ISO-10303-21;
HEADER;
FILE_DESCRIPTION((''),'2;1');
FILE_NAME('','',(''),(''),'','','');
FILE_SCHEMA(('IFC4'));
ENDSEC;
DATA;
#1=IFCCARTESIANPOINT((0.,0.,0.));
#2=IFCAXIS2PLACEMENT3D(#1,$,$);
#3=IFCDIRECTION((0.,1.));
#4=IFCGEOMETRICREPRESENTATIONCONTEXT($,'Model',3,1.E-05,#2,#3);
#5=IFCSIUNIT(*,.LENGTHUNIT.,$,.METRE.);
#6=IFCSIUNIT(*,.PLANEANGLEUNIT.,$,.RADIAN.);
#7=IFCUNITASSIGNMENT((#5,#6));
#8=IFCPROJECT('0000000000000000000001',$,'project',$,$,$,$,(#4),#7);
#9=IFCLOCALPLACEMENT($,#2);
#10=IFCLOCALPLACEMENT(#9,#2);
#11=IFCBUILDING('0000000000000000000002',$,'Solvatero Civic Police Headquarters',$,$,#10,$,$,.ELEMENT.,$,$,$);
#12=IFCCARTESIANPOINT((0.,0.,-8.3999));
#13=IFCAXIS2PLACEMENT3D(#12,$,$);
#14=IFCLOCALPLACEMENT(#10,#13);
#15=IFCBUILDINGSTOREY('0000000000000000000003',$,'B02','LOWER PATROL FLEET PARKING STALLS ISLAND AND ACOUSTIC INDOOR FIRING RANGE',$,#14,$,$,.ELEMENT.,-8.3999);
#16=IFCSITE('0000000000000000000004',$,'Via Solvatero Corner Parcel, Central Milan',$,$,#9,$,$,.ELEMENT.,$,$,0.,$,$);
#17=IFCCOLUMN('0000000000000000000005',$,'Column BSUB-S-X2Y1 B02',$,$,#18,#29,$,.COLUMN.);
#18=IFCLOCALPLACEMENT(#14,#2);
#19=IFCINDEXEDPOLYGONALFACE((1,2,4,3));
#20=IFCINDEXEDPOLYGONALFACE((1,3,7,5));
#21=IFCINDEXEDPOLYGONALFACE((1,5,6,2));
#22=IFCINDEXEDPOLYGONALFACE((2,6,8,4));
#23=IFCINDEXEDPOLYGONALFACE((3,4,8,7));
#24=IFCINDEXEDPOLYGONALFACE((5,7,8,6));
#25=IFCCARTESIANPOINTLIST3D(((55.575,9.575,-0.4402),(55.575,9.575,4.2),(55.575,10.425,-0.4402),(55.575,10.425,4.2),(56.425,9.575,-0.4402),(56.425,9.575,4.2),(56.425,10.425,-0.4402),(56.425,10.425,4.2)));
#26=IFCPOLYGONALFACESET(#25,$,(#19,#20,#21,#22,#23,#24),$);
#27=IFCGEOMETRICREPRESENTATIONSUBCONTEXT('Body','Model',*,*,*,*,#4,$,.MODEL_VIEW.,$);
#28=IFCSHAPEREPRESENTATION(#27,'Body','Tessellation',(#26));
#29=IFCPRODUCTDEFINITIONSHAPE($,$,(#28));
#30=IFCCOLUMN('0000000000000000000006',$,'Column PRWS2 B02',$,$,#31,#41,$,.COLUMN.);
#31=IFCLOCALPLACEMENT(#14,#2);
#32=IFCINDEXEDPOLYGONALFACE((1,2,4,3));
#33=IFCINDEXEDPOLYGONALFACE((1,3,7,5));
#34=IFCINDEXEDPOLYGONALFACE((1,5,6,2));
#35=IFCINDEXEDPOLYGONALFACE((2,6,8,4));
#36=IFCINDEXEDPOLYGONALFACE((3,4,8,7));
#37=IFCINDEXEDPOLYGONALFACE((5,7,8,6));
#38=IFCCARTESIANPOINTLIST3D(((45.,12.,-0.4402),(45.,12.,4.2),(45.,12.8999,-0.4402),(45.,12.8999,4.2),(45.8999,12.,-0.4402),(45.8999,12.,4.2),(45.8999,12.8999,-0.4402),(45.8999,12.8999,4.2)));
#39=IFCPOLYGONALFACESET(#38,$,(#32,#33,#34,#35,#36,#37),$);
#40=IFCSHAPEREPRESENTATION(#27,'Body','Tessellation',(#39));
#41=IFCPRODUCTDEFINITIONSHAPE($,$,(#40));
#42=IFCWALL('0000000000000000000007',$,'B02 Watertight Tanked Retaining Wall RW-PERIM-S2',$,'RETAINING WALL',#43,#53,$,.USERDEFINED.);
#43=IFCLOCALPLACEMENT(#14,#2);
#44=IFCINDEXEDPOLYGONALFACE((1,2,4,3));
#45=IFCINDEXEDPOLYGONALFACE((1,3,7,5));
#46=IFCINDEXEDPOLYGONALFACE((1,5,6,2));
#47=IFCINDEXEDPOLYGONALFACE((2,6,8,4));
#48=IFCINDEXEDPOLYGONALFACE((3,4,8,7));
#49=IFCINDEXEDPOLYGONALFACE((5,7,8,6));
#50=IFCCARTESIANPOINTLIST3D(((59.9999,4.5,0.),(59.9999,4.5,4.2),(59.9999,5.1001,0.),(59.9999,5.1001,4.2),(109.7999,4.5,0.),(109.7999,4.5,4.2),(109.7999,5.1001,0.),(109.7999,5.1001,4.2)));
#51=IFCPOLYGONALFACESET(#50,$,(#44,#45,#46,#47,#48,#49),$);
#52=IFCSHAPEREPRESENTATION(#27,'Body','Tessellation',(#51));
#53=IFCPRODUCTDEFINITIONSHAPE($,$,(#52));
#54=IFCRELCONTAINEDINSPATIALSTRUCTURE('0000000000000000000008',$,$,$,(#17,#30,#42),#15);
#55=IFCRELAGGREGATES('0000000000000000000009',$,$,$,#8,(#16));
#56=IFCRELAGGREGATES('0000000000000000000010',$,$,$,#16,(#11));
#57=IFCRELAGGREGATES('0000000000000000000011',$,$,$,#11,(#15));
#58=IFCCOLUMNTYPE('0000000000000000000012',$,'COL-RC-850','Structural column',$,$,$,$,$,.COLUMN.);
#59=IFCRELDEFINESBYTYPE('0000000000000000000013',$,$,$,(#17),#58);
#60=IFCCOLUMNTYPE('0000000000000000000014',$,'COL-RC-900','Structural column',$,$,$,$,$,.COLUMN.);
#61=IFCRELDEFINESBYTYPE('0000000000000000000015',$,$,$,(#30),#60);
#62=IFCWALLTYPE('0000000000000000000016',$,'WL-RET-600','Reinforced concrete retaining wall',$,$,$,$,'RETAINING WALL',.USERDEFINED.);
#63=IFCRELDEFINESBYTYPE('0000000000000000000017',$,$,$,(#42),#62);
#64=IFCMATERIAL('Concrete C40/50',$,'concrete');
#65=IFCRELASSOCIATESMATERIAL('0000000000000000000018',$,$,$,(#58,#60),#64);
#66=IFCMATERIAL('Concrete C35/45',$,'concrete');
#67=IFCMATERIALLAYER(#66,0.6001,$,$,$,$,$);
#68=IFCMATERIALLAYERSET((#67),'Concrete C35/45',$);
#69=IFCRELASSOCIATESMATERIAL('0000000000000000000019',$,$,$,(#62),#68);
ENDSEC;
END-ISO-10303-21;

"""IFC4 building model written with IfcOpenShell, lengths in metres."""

from ifc_helpers import new_model, si_unit, direction, frame, frame_2d, origin, origin_2d, place, context, subcontext, project, spatial, rectangle, extrude, material, layer, layer_set, material_profile, profile_set, type_object, element, save


model = new_model("IFC4")

# Units and contexts
model_context = context("Model", 3, precision=1e-05, world=origin(), true_north=direction((0.0, 1.0)))
body_context = subcontext(model_context, "Body", "Model", "MODEL_VIEW")
ifc_project = project(units=[si_unit("LENGTHUNIT", "METRE"), si_unit("PLANEANGLEUNIT", "RADIAN")], contexts=[model_context])

# Site, building, storey
site_placement = place(None, origin())
site = spatial("IfcSite", under=ifc_project, at=site_placement, Name="Via Solvatero Corner Parcel, Central Milan", CompositionType="ELEMENT", RefElevation=0.0)
building_placement = place(site_placement, origin())
building = spatial("IfcBuilding", under=site, at=building_placement, Name="Solvatero Civic Police Headquarters", CompositionType="ELEMENT")
storey_placement = place(building_placement, frame((0.0, 0.0, -8.3999)))
storey = spatial("IfcBuildingStorey", under=building, at=storey_placement, Name="B02", Description="LOWER PATROL FLEET PARKING STALLS ISLAND AND ACOUSTIC INDOOR FIRING RANGE", CompositionType="ELEMENT", Elevation=-8.3999)

# Columns
ifc_material_1 = material(Name="Concrete C40/50", Category="concrete")
ifc_material_profile_1 = material_profile(ifc_material_1, rectangle(XDim=0.8501, YDim=0.8501, at=origin_2d()), Name="RC 850x850")
ifc_profile_set_1 = profile_set([ifc_material_profile_1], Name="Concrete C40/50")
column_type_1 = type_object("IfcColumnType", Name="COL-RC-850", Description="Structural column", PredefinedType="COLUMN", material=ifc_profile_set_1)
column_1_placement = place(storey_placement, frame((56.0, 10.0, -0.4402), z_axis=(0.0, 0.0, 1.0), x_axis=(1.0, 0.0, 0.0)))
element("IfcColumn", 1, at=column_1_placement, inside=storey, type_object=column_type_1, Name="Column BSUB-S-X2Y1 B02", PredefinedType="COLUMN", context=body_context, shape_type="SweptSolid", body=[
    extrude(rectangle(XDim=0.8501, YDim=0.8501, at=origin_2d()), origin(), (0.0, 0.0, 1.0), 4.6401),
])
ifc_material_profile_2 = material_profile(ifc_material_1, rectangle(XDim=0.8999, YDim=0.8999, at=origin_2d()), Name="RC 900x900")
ifc_profile_set_2 = profile_set([ifc_material_profile_2], Name="Concrete C40/50")
column_type_2 = type_object("IfcColumnType", Name="COL-RC-900", Description="Structural column", PredefinedType="COLUMN", material=ifc_profile_set_2)
column_2_placement = place(storey_placement, frame((45.45, 12.45, -0.4402), z_axis=(0.0, 0.0, 1.0), x_axis=(1.0, 0.0, 0.0)))
element("IfcColumn", 2, at=column_2_placement, inside=storey, type_object=column_type_2, Name="Column PRWS2 B02", PredefinedType="COLUMN", context=body_context, shape_type="SweptSolid", body=[
    extrude(rectangle(XDim=0.8999, YDim=0.8999, at=origin_2d()), origin(), (0.0, 0.0, 1.0), 4.6401),
])

# Wall
ifc_material_2 = material(Name="Concrete C35/45", Category="concrete")
ifc_layer = layer(ifc_material_2, 0.6001)
ifc_layer_set = layer_set([ifc_layer], Name="Concrete C35/45")
wall_type = type_object("IfcWallType", Name="WL-RET-600", Description="Reinforced concrete retaining wall", ElementType="RETAINING WALL", PredefinedType="USERDEFINED", material=ifc_layer_set)
wall_placement = place(storey_placement, frame((60.0, 4.8, 0.0), z_axis=(0.0, 0.0, 1.0), x_axis=(1.0, 0.0, 0.0)))
element("IfcWall", 3, at=wall_placement, inside=storey, type_object=wall_type, Name="B02 Watertight Tanked Retaining Wall RW-PERIM-S2", ObjectType="RETAINING WALL", PredefinedType="USERDEFINED", context=body_context, shape_type="SweptSolid", body=[
    extrude(rectangle(XDim=49.8, YDim=0.6001, at=frame_2d((24.8999, 0.0))), origin(), (0.0, 0.0, 1.0), 4.2),
])

save(model, "model.ifc")
